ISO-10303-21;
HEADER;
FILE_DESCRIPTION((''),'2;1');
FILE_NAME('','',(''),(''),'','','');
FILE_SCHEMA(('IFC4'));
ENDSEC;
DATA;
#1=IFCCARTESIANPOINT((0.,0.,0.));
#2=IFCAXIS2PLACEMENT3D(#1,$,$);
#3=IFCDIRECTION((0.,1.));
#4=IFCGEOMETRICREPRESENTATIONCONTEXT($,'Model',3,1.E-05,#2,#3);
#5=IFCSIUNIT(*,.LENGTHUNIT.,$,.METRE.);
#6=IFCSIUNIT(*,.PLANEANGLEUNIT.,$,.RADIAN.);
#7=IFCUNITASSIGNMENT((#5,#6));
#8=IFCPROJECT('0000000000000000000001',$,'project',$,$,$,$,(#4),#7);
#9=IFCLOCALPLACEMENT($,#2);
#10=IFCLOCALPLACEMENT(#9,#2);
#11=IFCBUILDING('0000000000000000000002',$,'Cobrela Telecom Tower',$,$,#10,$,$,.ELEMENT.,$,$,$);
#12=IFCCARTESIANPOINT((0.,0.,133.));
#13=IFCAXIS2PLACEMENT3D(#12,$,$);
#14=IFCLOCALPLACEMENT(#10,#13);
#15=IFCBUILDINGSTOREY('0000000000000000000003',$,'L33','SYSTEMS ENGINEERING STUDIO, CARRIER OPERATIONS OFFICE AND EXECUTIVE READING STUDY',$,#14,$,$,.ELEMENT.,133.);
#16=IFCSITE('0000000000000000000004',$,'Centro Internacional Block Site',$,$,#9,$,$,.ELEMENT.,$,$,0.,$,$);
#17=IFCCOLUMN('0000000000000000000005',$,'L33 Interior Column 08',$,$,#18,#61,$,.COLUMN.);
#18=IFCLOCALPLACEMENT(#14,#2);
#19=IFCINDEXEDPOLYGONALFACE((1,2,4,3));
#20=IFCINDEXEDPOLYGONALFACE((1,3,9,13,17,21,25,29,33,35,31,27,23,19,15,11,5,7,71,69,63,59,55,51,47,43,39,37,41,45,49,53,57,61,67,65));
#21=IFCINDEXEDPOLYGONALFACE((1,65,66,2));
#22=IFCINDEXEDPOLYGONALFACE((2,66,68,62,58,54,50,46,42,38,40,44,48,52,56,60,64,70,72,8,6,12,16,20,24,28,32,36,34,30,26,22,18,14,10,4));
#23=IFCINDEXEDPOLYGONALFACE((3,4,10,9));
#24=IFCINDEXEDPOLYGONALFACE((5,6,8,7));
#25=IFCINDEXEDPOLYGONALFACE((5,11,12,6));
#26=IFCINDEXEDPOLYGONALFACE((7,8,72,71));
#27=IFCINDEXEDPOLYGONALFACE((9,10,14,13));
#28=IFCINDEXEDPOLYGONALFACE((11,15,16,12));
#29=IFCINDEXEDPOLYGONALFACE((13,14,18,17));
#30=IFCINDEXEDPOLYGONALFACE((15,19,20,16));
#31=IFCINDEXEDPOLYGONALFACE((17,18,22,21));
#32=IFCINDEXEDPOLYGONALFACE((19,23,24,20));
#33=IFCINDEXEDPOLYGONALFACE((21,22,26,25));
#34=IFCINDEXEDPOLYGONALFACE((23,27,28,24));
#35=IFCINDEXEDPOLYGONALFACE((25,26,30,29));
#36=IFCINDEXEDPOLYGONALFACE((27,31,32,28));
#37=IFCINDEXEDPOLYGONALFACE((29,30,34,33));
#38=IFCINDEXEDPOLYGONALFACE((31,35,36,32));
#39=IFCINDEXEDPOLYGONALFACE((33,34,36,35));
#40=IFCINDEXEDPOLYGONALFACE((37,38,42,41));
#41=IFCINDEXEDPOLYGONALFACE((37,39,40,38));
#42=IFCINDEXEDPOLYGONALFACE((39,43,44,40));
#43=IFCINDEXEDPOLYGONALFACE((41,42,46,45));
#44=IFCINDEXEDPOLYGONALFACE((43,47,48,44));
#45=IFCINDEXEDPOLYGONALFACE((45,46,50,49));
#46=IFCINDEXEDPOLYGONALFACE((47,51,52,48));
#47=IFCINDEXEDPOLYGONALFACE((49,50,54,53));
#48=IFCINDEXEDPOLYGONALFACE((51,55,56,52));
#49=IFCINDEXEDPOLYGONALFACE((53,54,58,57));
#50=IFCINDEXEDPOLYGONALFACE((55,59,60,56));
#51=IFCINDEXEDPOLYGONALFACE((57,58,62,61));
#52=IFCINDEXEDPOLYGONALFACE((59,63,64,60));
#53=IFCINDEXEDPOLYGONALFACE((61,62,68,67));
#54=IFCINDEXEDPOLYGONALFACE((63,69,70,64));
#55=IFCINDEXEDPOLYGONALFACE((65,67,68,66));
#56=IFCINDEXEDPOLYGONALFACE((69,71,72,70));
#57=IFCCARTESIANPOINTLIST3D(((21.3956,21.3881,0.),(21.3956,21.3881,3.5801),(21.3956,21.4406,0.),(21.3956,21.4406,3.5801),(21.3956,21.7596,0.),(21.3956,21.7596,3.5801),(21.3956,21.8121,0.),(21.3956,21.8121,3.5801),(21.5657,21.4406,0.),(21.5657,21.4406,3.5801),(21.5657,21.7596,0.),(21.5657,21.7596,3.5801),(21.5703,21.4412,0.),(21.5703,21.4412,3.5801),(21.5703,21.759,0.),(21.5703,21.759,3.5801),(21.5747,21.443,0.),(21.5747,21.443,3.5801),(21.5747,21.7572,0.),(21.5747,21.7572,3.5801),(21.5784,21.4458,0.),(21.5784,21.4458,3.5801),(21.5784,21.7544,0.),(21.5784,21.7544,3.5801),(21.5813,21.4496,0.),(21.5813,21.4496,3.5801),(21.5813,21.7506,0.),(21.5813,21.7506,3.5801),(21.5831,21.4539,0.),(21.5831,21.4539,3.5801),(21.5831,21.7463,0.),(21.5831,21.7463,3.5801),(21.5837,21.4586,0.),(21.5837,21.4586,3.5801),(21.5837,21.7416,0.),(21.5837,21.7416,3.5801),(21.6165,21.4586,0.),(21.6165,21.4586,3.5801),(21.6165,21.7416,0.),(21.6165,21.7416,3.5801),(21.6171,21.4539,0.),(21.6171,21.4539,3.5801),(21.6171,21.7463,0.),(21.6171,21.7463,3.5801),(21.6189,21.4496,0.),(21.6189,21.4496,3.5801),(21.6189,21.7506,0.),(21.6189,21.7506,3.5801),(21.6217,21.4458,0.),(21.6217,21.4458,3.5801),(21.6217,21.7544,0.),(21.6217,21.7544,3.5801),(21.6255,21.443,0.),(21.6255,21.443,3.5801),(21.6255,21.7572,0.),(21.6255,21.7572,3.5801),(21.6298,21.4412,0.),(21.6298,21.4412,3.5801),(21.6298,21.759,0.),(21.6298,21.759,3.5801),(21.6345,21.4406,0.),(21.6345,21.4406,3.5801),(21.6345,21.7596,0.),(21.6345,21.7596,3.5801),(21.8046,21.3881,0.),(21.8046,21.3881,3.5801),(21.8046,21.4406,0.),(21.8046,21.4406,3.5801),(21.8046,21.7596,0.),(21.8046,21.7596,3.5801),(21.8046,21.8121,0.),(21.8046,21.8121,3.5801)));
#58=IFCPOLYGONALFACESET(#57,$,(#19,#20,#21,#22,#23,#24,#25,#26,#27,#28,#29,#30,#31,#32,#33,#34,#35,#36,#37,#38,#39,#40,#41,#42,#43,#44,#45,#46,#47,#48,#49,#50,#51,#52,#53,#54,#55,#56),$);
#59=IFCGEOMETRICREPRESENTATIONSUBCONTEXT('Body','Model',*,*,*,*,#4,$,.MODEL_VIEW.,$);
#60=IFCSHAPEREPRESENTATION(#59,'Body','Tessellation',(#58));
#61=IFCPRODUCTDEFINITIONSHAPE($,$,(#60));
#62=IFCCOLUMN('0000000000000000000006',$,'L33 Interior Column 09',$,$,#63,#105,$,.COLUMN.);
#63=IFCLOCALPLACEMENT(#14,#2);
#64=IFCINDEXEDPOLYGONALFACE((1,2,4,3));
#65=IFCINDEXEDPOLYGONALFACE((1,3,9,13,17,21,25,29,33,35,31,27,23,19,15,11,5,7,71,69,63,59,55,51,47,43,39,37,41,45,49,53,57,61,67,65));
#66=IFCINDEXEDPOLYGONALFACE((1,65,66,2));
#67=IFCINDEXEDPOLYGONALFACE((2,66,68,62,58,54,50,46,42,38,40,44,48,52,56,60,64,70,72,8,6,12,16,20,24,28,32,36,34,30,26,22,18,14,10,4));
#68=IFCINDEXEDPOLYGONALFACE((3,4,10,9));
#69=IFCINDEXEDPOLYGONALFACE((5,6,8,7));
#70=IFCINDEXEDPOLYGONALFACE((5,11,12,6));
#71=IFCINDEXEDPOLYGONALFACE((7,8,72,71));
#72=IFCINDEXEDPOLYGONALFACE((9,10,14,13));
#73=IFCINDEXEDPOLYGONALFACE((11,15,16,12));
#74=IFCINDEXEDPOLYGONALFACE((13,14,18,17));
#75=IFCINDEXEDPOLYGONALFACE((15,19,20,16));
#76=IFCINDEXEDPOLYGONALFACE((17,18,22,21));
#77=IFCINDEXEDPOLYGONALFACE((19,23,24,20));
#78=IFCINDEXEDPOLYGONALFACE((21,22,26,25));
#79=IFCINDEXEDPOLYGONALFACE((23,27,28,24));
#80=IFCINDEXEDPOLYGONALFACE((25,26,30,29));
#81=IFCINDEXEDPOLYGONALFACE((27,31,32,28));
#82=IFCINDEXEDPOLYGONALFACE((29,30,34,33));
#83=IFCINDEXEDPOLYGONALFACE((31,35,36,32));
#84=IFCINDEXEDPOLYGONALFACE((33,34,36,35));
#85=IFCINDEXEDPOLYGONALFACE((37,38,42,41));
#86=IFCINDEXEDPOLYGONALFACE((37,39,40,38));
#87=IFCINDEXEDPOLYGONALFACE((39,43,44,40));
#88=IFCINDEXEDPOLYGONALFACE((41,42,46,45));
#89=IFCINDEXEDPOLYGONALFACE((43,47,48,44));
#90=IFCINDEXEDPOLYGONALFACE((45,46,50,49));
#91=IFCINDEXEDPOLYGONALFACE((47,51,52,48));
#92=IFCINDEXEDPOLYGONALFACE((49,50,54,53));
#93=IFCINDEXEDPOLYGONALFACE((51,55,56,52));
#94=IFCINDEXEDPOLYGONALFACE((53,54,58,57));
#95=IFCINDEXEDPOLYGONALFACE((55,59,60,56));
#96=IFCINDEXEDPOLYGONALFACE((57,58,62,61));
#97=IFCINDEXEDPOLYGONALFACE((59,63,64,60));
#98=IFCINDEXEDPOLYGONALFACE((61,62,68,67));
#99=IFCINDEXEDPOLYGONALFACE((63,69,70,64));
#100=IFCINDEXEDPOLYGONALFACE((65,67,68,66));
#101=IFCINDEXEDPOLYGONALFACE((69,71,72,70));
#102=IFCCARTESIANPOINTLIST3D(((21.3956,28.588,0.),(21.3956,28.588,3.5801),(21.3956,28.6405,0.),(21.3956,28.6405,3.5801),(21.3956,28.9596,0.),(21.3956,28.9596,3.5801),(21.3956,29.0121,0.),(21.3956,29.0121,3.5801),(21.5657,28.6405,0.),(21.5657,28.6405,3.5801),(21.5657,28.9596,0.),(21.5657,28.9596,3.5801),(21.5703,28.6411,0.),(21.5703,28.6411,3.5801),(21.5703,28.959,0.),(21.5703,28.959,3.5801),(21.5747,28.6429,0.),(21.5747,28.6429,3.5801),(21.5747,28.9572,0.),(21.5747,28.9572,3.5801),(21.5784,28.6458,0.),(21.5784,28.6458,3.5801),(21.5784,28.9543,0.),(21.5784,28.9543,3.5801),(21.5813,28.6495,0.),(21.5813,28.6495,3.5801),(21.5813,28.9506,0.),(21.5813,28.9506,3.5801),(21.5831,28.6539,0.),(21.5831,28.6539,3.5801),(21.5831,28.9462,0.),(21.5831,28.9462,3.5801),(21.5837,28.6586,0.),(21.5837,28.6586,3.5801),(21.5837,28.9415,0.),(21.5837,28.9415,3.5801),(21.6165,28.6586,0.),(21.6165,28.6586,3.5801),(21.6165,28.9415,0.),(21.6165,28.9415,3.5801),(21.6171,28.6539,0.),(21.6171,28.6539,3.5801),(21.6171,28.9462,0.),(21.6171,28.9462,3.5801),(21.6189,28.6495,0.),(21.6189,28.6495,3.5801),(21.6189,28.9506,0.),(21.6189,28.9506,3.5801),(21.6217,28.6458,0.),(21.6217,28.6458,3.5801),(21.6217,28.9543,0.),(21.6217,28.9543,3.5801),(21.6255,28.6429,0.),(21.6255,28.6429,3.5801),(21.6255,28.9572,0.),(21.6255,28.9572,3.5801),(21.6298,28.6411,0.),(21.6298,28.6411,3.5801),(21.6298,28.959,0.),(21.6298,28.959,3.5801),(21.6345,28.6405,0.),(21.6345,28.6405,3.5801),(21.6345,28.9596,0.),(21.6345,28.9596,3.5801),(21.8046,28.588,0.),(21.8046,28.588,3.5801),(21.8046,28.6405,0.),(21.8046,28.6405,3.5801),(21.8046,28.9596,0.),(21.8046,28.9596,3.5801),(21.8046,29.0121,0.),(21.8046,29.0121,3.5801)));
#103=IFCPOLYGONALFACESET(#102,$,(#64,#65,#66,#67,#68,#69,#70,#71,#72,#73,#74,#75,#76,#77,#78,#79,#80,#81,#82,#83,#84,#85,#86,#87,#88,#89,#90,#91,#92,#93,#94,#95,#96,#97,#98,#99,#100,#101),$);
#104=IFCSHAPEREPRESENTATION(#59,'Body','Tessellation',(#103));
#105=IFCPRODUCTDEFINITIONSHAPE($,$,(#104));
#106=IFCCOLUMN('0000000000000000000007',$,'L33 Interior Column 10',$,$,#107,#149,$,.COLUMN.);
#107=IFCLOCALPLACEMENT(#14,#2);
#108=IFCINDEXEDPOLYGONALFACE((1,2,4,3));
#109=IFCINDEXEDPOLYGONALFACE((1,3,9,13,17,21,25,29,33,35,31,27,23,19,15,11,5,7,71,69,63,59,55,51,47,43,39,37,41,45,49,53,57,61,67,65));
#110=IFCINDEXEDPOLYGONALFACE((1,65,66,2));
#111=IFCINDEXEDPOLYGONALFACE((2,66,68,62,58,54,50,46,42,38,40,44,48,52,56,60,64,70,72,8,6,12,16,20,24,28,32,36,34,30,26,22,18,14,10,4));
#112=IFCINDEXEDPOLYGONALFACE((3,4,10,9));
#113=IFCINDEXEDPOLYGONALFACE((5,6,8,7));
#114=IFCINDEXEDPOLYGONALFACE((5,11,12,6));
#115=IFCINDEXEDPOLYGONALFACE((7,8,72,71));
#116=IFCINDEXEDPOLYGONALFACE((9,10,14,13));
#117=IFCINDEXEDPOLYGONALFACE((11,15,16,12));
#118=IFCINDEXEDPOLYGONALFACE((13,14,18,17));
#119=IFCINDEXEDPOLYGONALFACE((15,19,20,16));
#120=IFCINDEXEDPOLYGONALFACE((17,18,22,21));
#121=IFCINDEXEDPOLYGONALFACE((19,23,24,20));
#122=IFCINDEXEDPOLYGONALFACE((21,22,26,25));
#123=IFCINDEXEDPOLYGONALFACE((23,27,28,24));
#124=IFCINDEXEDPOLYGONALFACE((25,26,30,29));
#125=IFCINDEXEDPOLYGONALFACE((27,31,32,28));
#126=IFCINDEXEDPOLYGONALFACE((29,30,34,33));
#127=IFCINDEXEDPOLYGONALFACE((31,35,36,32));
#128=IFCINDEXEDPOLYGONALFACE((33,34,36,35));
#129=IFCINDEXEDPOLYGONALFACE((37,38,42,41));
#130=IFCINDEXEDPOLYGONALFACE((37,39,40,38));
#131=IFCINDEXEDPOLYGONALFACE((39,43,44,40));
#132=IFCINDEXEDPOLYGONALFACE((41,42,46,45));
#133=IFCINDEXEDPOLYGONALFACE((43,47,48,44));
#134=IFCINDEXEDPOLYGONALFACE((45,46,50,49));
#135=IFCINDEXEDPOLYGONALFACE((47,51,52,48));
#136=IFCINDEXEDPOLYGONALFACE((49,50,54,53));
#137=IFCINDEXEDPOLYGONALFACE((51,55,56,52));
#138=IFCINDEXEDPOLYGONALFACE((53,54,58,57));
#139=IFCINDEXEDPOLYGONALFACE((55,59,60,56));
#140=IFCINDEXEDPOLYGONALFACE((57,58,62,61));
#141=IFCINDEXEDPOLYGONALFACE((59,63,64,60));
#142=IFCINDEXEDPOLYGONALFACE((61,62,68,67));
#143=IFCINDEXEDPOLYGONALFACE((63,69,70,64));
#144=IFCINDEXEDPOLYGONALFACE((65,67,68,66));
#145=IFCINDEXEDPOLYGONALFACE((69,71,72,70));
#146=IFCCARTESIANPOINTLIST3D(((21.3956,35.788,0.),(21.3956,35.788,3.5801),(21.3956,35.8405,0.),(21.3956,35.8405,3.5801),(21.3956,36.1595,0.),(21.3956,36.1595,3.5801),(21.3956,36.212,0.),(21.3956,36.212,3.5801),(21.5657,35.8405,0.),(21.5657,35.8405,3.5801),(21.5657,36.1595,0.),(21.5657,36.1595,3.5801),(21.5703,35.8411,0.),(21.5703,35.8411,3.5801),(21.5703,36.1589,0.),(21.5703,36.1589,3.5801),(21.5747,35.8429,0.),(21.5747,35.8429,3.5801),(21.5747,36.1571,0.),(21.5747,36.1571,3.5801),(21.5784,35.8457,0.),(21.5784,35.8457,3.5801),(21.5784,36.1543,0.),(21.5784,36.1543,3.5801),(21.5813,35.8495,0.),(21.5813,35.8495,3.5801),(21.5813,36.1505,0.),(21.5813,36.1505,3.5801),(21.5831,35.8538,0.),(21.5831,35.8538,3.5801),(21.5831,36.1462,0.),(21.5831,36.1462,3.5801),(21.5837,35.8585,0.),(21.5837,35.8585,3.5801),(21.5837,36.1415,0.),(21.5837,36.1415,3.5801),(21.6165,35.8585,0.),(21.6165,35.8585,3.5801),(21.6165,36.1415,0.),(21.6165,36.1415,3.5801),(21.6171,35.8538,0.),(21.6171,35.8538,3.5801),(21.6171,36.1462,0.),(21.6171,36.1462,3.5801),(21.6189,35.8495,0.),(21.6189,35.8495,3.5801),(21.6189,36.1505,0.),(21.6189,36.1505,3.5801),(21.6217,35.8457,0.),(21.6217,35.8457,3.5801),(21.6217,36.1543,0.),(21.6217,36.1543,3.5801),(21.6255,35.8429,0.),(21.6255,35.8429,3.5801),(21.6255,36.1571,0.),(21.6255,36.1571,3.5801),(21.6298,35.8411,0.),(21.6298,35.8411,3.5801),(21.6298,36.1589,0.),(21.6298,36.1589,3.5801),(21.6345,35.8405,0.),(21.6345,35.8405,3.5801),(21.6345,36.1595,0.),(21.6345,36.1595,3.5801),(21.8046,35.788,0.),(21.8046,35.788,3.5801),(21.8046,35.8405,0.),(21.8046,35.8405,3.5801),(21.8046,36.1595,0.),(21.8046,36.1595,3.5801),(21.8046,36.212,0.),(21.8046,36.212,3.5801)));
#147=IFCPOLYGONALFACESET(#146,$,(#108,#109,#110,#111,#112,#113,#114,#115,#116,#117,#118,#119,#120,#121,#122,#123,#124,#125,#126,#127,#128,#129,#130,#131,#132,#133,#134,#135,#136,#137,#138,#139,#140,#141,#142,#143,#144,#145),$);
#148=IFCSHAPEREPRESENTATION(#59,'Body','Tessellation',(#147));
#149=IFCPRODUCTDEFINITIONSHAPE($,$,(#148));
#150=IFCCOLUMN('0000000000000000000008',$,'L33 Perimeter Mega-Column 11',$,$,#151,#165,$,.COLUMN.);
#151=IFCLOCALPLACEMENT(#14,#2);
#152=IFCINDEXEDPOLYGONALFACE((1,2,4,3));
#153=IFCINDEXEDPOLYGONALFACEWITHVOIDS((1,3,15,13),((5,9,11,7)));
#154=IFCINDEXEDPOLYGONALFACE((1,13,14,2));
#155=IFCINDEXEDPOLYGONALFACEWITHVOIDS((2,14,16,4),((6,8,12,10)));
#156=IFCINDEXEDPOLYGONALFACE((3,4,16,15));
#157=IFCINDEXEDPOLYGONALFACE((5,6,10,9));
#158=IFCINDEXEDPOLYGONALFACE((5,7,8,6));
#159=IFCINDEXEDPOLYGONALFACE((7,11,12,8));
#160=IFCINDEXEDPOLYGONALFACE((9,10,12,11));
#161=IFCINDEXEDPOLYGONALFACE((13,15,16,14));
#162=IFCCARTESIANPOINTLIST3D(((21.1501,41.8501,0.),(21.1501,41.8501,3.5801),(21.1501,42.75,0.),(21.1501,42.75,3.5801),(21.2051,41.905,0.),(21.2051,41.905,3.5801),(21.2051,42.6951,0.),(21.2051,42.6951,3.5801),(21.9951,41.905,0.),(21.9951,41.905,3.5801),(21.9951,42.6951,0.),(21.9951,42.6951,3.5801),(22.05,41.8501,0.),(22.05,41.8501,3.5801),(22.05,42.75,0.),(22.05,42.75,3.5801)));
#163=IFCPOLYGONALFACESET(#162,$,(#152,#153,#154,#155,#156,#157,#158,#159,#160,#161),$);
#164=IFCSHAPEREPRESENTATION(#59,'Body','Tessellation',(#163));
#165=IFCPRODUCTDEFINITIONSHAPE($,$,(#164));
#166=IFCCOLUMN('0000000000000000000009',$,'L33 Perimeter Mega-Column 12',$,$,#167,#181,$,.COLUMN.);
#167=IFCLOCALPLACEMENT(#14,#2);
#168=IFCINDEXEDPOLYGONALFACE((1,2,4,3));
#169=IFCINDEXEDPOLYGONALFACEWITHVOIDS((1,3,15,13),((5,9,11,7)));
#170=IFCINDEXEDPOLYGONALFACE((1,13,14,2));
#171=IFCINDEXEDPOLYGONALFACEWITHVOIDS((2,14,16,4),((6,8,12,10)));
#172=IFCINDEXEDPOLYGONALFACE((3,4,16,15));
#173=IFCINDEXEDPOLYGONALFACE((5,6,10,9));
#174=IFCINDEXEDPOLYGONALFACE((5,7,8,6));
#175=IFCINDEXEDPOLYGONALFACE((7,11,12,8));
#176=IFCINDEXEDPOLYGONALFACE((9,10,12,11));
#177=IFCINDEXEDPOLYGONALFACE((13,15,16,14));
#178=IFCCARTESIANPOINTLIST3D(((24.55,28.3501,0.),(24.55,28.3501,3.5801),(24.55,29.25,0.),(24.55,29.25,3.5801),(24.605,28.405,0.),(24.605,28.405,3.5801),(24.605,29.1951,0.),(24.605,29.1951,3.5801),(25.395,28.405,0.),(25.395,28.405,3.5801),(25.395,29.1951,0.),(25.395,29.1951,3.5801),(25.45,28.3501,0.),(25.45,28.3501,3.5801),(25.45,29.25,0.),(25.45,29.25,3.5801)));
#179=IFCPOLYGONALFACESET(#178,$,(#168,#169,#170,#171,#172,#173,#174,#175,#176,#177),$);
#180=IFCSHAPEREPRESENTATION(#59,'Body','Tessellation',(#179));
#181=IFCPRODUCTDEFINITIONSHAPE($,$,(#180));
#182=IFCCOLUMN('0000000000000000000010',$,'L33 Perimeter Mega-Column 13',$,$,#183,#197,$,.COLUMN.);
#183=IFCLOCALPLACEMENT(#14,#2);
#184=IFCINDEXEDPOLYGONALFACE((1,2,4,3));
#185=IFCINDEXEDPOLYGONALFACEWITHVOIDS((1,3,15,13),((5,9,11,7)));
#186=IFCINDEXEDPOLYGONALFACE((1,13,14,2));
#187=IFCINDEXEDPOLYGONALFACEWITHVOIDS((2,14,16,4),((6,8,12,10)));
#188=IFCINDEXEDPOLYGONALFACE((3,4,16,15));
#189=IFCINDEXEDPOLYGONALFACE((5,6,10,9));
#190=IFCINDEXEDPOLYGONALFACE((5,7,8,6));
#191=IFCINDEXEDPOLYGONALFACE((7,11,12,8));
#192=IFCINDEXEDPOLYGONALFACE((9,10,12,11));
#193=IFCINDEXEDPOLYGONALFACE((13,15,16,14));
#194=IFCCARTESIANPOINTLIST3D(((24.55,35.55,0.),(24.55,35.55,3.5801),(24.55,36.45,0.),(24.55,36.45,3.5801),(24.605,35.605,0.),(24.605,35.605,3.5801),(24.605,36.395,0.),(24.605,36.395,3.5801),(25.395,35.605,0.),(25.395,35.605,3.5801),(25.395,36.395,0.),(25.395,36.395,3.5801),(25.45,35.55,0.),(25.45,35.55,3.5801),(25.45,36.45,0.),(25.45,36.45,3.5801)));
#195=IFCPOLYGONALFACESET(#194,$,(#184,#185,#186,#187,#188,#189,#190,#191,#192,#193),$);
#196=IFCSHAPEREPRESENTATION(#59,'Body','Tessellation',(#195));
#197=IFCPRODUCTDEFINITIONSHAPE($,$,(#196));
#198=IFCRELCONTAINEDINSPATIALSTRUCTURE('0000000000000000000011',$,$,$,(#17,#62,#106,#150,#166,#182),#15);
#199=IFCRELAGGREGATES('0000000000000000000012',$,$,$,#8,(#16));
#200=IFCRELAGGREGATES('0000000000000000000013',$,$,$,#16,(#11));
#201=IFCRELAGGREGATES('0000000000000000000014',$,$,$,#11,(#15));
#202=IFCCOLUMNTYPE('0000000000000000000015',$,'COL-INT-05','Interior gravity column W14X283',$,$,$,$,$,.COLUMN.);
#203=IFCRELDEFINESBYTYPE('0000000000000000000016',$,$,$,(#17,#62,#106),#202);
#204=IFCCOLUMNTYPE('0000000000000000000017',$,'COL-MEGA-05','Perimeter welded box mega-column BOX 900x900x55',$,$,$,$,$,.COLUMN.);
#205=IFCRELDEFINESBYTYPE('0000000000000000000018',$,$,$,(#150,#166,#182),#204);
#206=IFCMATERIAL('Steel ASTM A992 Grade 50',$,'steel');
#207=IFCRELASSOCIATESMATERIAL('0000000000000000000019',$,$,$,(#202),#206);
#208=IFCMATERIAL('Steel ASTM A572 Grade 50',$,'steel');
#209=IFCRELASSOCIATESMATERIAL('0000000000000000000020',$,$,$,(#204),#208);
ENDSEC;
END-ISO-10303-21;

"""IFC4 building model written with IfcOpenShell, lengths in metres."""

from ifc_helpers import new_model, si_unit, direction, frame, origin, origin_2d, place, context, subcontext, project, spatial, hollow_rectangle, i_section, extrude, material, material_profile, profile_set, type_object, element, save


model = new_model("IFC4")

# Units and contexts
model_context = context("Model", 3, precision=1e-05, world=origin(), true_north=direction((0.0, 1.0)))
body_context = subcontext(model_context, "Body", "Model", "MODEL_VIEW")
ifc_project = project(units=[si_unit("LENGTHUNIT", "METRE"), si_unit("PLANEANGLEUNIT", "RADIAN")], contexts=[model_context])

# Site, building, storey
site_placement = place(None, origin())
site = spatial("IfcSite", under=ifc_project, at=site_placement, Name="Centro Internacional Block Site", CompositionType="ELEMENT", RefElevation=0.0)
building_placement = place(site_placement, origin())
building = spatial("IfcBuilding", under=site, at=building_placement, Name="Cobrela Telecom Tower", CompositionType="ELEMENT")
storey_placement = place(building_placement, frame((0.0, 0.0, 133.0)))
storey = spatial("IfcBuildingStorey", under=building, at=storey_placement, Name="L33", Description="SYSTEMS ENGINEERING STUDIO, CARRIER OPERATIONS OFFICE AND EXECUTIVE READING STUDY", CompositionType="ELEMENT", Elevation=133.0)

# Columns
ifc_material_1 = material(Name="Steel ASTM A992 Grade 50", Category="steel")
ifc_material_profile_1 = material_profile(ifc_material_1, i_section(OverallWidth=0.4089, OverallDepth=0.4241, WebThickness=0.0327, FlangeThickness=0.0525, FilletRadius=0.0181, at=origin_2d()), Name="W14X283")
ifc_profile_set_1 = profile_set([ifc_material_profile_1], Name="Steel ASTM A992 Grade 50")
column_type_1 = type_object("IfcColumnType", Name="COL-INT-05", Description="Interior gravity column W14X283", PredefinedType="COLUMN", material=ifc_profile_set_1)
for number, where, z_axis, x_axis, name in (
    (1, (21.6001, 21.6001, 0.0), (0.0, 0.0, 1.0), (1.0, 0.0, 0.0), "L33 Interior Column 08"),
    (2, (21.6001, 28.8, 0.0), (0.0, 0.0, 1.0), (1.0, 0.0, 0.0), "L33 Interior Column 09"),
    (3, (21.6001, 36.0, 0.0), (0.0, 0.0, 1.0), (1.0, 0.0, 0.0), "L33 Interior Column 10"),
):
    element("IfcColumn", number, at=place(storey_placement, frame(where, z_axis=z_axis, x_axis=x_axis)), inside=storey, type_object=column_type_1, Name=name, PredefinedType="COLUMN", context=body_context, shape_type="SweptSolid", body=[
        extrude(i_section(OverallWidth=0.4089, OverallDepth=0.4241, WebThickness=0.0327, FlangeThickness=0.0525, FilletRadius=0.0181, at=origin_2d()), origin(), (0.0, 0.0, 1.0), 3.5801),
    ])
ifc_material_2 = material(Name="Steel ASTM A572 Grade 50", Category="steel")
ifc_material_profile_2 = material_profile(ifc_material_2, hollow_rectangle(XDim=0.8999, YDim=0.8999, WallThickness=0.0549, at=origin_2d()), Name="BOX 900x900x55")
ifc_profile_set_2 = profile_set([ifc_material_profile_2], Name="Steel ASTM A572 Grade 50")
column_type_2 = type_object("IfcColumnType", Name="COL-MEGA-05", Description="Perimeter welded box mega-column BOX 900x900x55", PredefinedType="COLUMN", material=ifc_profile_set_2)
for number, where, z_axis, x_axis, name in (
    (4, (21.6001, 42.3, 0.0), (0.0, 0.0, 1.0), (1.0, 0.0, 0.0), "L33 Perimeter Mega-Column 11"),
    (5, (25.0, 28.8, 0.0), (0.0, 0.0, 1.0), (1.0, 0.0, 0.0), "L33 Perimeter Mega-Column 12"),
    (6, (25.0, 36.0, 0.0), (0.0, 0.0, 1.0), (1.0, 0.0, 0.0), "L33 Perimeter Mega-Column 13"),
):
    element("IfcColumn", number, at=place(storey_placement, frame(where, z_axis=z_axis, x_axis=x_axis)), inside=storey, type_object=column_type_2, Name=name, PredefinedType="COLUMN", context=body_context, shape_type="SweptSolid", body=[
        extrude(hollow_rectangle(XDim=0.8999, YDim=0.8999, WallThickness=0.0549, at=origin_2d()), origin(), (0.0, 0.0, 1.0), 3.5801),
    ])

save(model, "model.ifc")
